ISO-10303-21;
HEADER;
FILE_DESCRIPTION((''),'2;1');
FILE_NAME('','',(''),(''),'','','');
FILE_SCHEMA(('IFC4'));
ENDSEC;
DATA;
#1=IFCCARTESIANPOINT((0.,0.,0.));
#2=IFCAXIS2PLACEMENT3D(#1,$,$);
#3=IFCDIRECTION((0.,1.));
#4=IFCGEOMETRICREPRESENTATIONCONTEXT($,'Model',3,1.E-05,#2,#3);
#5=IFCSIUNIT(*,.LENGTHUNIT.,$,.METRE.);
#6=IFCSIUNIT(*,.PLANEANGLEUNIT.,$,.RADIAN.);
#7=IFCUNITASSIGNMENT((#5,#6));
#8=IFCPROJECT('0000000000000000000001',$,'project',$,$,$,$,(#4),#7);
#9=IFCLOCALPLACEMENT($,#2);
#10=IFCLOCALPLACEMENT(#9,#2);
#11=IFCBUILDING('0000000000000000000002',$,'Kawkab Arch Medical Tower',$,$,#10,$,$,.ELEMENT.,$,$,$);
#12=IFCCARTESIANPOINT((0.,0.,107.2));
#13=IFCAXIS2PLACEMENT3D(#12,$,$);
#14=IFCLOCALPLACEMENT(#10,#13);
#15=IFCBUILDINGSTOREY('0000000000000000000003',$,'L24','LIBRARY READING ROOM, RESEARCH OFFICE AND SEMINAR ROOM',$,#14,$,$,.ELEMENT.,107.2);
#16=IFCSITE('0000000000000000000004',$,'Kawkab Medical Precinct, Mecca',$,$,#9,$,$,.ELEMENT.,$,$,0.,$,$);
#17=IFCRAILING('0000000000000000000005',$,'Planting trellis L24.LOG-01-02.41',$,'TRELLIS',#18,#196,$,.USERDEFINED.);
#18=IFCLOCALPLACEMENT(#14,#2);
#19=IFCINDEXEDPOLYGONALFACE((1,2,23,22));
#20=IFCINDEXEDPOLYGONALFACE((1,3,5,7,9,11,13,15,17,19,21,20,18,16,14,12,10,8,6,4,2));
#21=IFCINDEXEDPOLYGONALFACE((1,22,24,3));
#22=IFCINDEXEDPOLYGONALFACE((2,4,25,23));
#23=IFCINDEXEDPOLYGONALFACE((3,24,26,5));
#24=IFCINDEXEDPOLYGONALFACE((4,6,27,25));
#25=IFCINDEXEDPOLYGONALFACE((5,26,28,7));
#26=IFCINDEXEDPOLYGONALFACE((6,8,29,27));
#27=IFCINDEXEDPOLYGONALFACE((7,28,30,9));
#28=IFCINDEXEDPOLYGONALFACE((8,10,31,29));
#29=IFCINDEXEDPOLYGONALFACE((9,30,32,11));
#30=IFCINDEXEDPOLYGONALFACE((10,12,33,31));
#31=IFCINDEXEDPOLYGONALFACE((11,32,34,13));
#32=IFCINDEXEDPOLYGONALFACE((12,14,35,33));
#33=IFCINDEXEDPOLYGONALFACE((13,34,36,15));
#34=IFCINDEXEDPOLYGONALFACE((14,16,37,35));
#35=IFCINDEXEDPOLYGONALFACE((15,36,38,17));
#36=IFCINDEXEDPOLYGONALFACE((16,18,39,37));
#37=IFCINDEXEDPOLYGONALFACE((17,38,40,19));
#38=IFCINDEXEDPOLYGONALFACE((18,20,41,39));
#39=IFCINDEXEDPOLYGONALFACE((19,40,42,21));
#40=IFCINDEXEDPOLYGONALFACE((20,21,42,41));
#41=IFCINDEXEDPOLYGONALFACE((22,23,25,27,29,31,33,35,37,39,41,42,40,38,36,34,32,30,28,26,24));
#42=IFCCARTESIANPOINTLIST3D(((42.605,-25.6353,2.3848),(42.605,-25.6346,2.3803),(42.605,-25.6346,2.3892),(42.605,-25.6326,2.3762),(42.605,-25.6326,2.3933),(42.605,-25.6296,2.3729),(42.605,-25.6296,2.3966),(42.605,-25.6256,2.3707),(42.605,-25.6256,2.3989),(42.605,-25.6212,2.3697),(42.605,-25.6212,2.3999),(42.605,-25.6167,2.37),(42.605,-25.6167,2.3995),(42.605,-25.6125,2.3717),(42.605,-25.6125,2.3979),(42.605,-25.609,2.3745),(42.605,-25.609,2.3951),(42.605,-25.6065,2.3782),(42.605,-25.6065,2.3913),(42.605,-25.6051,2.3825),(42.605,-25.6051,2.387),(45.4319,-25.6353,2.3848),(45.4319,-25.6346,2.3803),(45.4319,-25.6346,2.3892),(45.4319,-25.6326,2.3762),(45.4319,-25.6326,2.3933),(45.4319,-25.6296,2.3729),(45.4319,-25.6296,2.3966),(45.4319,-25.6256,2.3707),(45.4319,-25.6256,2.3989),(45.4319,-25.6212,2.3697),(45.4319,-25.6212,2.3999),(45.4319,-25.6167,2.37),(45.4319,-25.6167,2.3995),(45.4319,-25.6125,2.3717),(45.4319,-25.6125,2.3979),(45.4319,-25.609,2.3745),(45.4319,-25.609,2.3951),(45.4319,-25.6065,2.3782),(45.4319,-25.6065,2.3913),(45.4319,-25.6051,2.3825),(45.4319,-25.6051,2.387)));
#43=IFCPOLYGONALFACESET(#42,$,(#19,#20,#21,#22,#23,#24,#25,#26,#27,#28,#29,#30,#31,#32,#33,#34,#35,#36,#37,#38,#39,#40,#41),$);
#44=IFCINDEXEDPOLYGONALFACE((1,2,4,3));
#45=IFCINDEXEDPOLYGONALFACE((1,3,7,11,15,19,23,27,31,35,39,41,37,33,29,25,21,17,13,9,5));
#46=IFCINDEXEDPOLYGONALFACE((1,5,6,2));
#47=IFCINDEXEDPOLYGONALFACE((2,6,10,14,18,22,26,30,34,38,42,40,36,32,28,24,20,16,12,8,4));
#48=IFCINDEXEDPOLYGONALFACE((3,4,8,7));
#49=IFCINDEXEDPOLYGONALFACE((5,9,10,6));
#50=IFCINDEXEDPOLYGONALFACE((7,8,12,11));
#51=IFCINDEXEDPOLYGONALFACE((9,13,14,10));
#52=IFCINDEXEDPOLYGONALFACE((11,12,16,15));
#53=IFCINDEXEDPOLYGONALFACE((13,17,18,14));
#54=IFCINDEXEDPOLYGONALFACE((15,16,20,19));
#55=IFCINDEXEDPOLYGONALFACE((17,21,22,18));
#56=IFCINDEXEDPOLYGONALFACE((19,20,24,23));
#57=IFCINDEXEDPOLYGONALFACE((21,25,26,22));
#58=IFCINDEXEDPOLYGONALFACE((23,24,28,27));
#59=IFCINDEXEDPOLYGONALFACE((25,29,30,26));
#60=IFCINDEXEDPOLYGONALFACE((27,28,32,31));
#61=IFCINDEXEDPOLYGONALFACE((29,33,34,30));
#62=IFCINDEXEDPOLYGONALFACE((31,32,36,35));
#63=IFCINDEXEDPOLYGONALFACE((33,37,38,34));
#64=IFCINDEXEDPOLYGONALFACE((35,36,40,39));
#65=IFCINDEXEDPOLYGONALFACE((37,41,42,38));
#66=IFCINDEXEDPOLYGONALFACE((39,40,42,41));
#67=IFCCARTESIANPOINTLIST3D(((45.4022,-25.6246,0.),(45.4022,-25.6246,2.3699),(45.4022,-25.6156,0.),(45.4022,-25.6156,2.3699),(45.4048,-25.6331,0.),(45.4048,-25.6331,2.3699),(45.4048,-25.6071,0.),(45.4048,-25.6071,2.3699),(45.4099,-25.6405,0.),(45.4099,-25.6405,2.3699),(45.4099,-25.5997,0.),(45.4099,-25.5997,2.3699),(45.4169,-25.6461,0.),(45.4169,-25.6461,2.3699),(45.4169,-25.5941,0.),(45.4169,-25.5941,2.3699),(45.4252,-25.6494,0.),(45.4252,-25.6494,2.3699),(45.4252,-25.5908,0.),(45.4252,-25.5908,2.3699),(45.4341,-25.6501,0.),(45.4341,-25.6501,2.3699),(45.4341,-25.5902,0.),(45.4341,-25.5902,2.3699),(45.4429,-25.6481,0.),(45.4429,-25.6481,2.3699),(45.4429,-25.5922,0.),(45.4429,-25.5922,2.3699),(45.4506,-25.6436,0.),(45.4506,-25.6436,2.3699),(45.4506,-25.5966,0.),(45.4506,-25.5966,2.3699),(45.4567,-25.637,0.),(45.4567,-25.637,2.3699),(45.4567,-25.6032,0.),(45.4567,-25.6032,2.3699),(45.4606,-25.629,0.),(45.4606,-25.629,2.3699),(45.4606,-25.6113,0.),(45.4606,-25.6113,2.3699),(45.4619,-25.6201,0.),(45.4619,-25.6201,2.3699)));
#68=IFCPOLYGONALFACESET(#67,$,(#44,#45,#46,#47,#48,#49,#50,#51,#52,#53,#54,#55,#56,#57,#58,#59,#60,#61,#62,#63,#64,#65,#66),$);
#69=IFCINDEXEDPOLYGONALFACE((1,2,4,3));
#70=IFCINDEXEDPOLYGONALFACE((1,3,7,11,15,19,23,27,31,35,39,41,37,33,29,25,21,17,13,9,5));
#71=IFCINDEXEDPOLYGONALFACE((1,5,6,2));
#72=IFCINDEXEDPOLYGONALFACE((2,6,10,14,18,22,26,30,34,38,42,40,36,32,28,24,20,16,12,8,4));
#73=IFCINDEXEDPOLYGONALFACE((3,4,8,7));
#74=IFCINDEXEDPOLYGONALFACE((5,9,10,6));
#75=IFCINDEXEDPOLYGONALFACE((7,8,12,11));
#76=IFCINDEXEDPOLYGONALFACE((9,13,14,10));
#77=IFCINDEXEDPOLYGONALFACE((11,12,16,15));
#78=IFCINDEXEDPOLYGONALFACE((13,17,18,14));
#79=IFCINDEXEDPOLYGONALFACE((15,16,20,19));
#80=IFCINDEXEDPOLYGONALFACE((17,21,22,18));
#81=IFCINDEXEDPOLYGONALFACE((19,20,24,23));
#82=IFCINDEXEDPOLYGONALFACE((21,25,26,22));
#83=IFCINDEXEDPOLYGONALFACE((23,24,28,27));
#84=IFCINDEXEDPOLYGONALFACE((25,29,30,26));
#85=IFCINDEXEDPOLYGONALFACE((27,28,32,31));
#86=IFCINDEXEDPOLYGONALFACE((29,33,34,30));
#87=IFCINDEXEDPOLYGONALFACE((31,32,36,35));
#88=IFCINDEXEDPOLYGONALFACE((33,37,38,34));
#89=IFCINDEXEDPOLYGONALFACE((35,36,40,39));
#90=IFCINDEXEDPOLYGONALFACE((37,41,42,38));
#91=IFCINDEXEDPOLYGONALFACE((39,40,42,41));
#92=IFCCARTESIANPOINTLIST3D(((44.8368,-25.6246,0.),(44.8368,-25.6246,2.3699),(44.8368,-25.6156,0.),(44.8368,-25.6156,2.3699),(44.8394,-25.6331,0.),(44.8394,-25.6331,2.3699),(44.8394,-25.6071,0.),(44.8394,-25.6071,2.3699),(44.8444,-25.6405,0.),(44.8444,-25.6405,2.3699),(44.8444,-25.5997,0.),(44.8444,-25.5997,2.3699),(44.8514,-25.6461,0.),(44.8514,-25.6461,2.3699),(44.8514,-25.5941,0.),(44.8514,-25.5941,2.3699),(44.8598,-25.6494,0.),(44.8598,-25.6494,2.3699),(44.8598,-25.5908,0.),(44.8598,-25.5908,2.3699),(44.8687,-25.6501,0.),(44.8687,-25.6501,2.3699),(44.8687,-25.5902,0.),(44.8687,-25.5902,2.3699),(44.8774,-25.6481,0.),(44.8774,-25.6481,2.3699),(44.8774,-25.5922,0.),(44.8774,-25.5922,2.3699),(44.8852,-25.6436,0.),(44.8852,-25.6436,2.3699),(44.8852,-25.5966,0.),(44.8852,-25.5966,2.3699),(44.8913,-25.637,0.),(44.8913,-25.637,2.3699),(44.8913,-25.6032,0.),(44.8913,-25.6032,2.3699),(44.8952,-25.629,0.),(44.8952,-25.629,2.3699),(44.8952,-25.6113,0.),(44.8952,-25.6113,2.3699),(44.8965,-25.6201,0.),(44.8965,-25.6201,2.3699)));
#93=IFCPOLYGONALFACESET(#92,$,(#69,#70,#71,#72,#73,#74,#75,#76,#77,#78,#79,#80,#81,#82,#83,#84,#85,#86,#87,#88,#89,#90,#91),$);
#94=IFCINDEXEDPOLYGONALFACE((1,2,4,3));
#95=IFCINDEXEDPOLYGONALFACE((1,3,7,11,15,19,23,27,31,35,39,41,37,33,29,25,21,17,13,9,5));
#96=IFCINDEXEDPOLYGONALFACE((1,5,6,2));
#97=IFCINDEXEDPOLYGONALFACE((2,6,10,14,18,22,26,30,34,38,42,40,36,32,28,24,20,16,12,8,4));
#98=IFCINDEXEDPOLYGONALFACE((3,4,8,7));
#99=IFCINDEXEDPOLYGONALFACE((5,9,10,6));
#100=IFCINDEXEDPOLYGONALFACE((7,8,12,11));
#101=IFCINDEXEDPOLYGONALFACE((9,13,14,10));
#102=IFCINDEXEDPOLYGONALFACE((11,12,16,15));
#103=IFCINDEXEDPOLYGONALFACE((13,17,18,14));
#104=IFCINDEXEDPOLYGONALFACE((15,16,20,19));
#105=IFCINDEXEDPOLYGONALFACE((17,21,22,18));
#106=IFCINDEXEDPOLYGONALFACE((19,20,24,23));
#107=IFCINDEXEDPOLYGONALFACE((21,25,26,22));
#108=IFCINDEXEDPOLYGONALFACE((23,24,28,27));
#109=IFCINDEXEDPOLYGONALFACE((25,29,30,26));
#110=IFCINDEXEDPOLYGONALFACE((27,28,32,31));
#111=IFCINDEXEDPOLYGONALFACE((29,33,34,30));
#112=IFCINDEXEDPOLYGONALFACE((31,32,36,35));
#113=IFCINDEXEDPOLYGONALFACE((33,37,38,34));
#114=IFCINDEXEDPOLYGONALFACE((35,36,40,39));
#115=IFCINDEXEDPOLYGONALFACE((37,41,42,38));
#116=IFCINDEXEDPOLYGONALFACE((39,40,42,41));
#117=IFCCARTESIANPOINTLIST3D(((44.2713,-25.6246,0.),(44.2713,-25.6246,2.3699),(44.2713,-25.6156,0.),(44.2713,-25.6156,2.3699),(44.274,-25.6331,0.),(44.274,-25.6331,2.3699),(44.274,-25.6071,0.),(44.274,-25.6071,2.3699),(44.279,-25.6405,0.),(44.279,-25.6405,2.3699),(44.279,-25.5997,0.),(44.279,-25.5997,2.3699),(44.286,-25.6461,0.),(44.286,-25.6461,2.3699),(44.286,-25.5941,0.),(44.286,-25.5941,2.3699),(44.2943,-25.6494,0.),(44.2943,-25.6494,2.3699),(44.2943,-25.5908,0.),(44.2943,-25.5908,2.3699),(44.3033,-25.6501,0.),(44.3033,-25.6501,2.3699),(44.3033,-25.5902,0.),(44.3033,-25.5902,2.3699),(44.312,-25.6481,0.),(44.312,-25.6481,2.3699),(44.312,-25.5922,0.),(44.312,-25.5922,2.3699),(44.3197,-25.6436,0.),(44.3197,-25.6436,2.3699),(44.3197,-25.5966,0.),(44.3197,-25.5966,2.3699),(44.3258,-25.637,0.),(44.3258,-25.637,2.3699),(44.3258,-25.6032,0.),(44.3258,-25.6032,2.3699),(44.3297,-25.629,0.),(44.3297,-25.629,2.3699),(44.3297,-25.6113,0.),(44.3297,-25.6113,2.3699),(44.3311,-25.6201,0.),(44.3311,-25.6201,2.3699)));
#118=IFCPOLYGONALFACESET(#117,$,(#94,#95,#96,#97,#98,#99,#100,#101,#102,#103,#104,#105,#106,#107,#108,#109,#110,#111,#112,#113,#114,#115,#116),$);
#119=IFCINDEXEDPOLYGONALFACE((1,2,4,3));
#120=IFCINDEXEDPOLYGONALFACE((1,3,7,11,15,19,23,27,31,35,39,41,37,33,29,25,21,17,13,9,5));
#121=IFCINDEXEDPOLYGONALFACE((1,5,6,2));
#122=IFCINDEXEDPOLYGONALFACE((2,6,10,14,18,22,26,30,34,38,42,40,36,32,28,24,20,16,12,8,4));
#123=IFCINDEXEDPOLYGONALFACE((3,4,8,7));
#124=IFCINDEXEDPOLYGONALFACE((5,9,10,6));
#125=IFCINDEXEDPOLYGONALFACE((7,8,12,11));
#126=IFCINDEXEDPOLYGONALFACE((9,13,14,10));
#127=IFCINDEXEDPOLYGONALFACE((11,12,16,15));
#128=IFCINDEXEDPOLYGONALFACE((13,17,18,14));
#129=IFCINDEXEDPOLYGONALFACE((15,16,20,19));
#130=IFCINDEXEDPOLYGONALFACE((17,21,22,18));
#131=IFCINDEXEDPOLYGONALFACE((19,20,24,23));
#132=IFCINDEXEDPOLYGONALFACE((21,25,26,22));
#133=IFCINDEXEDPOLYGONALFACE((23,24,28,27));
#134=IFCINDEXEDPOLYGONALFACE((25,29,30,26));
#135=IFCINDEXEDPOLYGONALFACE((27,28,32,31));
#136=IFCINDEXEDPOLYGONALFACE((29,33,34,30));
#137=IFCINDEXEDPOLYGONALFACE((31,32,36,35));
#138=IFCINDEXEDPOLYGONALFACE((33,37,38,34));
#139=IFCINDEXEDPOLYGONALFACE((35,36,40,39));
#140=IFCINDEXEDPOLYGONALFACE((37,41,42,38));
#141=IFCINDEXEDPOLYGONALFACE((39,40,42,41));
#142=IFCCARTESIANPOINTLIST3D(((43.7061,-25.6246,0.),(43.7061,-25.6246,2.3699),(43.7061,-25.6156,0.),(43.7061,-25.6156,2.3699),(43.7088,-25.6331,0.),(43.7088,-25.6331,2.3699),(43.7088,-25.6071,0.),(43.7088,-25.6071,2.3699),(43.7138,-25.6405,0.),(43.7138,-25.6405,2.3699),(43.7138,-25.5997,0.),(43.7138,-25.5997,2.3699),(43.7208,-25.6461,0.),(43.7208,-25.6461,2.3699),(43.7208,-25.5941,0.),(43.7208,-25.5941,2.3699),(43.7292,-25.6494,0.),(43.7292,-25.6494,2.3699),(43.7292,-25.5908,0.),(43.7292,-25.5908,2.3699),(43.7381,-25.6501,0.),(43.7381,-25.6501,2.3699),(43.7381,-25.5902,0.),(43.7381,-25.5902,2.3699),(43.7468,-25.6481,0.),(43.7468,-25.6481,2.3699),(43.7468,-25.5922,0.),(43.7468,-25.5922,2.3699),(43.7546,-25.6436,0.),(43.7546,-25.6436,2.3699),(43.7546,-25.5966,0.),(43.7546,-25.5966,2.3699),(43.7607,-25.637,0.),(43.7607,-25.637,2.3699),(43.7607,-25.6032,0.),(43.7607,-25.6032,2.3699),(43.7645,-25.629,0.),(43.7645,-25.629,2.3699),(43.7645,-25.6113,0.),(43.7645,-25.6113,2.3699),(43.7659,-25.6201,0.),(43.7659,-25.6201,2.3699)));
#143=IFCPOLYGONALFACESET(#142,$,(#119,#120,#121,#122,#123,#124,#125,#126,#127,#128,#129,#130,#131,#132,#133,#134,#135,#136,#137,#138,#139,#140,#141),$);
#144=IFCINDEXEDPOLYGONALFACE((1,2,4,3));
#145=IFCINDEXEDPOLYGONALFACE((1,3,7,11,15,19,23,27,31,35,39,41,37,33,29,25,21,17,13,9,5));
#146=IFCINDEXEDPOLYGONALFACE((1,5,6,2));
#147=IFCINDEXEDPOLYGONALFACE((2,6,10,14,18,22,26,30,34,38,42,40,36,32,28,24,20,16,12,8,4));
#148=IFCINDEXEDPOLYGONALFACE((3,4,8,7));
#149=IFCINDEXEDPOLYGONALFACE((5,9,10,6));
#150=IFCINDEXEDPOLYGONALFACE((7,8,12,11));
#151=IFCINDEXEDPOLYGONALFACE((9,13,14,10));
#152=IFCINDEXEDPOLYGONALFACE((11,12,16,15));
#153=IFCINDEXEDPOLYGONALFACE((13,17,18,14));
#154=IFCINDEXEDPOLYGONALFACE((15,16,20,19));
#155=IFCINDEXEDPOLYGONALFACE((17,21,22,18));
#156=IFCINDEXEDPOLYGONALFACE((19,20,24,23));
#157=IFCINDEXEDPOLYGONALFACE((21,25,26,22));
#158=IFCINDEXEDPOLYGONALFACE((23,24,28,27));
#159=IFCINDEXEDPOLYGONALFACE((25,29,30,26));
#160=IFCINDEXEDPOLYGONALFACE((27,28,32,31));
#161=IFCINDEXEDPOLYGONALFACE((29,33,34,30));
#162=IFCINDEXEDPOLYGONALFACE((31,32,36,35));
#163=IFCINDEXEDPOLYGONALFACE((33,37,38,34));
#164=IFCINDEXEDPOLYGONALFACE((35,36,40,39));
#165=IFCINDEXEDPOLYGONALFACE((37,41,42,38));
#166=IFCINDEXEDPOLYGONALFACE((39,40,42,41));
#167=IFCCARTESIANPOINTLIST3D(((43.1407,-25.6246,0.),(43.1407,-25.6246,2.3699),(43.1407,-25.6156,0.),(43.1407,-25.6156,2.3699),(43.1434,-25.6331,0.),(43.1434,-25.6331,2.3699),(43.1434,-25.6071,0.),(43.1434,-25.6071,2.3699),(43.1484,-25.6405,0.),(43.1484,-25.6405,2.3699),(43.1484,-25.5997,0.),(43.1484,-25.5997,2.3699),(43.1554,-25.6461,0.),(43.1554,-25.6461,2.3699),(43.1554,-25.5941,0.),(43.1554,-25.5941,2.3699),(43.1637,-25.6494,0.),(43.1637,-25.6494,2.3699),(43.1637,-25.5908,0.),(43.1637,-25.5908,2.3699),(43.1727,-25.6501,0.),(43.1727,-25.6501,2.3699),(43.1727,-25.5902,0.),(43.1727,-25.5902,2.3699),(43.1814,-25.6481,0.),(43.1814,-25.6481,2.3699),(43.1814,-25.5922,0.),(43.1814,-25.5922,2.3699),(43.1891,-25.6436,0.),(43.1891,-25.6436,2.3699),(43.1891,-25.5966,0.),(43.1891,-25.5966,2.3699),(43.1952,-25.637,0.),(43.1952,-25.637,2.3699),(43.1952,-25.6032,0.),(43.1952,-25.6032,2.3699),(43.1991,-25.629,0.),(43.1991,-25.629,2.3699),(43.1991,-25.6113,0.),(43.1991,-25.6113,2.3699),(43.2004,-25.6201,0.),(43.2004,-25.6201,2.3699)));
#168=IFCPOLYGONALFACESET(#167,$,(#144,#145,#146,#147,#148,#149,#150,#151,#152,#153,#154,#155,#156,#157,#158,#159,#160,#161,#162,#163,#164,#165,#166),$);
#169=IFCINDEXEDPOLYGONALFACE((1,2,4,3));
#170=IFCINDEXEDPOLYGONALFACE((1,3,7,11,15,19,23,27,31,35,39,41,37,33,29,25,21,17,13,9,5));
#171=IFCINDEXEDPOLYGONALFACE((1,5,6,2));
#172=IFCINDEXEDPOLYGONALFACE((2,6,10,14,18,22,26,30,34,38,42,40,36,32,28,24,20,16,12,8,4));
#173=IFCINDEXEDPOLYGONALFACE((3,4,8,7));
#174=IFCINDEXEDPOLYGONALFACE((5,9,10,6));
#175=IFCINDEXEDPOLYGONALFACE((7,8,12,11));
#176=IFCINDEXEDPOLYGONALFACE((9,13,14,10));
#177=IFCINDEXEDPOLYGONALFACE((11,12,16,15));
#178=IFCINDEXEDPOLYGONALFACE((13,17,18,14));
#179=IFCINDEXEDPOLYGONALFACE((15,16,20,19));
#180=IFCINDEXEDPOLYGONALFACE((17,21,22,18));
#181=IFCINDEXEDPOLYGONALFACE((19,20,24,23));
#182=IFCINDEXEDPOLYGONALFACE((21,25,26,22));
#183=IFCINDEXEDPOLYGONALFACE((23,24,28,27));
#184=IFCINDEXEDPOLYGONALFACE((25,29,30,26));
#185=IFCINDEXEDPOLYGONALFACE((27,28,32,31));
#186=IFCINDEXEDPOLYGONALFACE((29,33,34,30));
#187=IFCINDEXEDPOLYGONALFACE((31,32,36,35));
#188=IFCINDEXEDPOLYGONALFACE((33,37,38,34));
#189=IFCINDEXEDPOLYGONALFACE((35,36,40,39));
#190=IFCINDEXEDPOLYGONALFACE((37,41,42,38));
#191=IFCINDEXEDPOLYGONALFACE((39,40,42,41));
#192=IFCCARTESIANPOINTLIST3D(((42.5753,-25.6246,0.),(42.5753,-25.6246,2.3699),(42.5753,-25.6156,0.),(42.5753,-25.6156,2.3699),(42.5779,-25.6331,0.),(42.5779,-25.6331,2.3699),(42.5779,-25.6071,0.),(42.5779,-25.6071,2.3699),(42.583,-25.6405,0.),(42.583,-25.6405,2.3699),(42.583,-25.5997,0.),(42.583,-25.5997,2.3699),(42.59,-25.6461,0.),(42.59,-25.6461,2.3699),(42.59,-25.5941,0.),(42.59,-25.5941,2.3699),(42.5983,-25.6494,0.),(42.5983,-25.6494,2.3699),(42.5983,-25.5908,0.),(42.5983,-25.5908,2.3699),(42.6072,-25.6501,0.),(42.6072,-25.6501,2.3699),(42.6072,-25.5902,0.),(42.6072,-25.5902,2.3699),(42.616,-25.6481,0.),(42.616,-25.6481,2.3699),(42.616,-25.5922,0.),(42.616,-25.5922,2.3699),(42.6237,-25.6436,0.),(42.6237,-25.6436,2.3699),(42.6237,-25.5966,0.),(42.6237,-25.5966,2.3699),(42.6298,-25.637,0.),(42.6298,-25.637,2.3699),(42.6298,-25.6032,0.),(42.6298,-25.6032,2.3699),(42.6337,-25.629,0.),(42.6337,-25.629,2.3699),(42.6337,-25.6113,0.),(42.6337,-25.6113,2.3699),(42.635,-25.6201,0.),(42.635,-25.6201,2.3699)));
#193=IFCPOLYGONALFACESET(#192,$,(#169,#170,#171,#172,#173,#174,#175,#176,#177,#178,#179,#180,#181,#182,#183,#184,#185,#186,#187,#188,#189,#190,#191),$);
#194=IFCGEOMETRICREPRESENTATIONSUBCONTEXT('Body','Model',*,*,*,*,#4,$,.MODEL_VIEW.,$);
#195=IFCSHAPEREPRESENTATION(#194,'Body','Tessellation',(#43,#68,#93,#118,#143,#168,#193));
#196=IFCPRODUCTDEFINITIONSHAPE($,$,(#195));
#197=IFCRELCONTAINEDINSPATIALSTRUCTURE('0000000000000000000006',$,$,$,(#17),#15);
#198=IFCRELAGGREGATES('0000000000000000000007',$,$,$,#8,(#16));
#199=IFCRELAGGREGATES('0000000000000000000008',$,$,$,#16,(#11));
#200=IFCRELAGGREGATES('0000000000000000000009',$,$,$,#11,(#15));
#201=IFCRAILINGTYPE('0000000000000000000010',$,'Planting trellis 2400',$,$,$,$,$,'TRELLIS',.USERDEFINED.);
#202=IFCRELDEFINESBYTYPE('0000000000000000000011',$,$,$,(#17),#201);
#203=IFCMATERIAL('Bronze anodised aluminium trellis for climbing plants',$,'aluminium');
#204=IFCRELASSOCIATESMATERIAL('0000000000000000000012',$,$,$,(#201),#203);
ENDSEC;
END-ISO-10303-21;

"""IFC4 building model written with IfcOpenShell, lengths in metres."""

from ifc_helpers import new_model, si_unit, direction, frame, origin, origin_2d, place, context, subcontext, project, spatial, circle, extrude, material, type_object, element, save


model = new_model("IFC4")

# Units and contexts
model_context = context("Model", 3, precision=1e-05, world=origin(), true_north=direction((0.0, 1.0)))
body_context = subcontext(model_context, "Body", "Model", "MODEL_VIEW")
ifc_project = project(units=[si_unit("LENGTHUNIT", "METRE"), si_unit("PLANEANGLEUNIT", "RADIAN")], contexts=[model_context])

# Site, building, storey
site_placement = place(None, origin())
site = spatial("IfcSite", under=ifc_project, at=site_placement, Name="Kawkab Medical Precinct, Mecca", CompositionType="ELEMENT", RefElevation=0.0)
building_placement = place(site_placement, origin())
building = spatial("IfcBuilding", under=site, at=building_placement, Name="Kawkab Arch Medical Tower", CompositionType="ELEMENT")
storey_placement = place(building_placement, frame((0.0, 0.0, 107.2)))
storey = spatial("IfcBuildingStorey", under=building, at=storey_placement, Name="L24", Description="LIBRARY READING ROOM, RESEARCH OFFICE AND SEMINAR ROOM", CompositionType="ELEMENT", Elevation=107.2)

# Railing
ifc_material_1 = material(Name="Bronze anodised aluminium trellis for climbing plants", Category="aluminium")
railing_type = type_object("IfcRailingType", Name="Planting trellis 2400", ElementType="TRELLIS", PredefinedType="USERDEFINED", material=ifc_material_1)
railing_1_placement = place(storey_placement, frame((45.4319, -25.6201, 0.0)))
element("IfcRailing", 1, at=railing_1_placement, inside=storey, type_object=railing_type, Name="Planting trellis L24.LOG-01-02.41", ObjectType="TRELLIS", PredefinedType="USERDEFINED", context=body_context, shape_type="SweptSolid", body=[
    extrude(circle(Radius=0.0151, at=origin_2d()), frame((0.0, 0.0, 2.3848), z_axis=(-1.0, 0.0, 0.0), x_axis=(0.0, -1.0, 0.0)), (0.0, 0.0, 1.0), 2.8269),
    extrude(circle(Radius=0.03, at=origin_2d()), origin(), (0.0, 0.0, 1.0), 2.3699),
    extrude(circle(Radius=0.03, at=origin_2d()), frame((-0.5654, 0.0, 0.0)), (0.0, 0.0, 1.0), 2.3699),
    extrude(circle(Radius=0.03, at=origin_2d()), frame((-1.1309, 0.0, 0.0)), (0.0, 0.0, 1.0), 2.3699),
    extrude(circle(Radius=0.03, at=origin_2d()), frame((-1.696, 0.0, 0.0)), (0.0, 0.0, 1.0), 2.3699),
    extrude(circle(Radius=0.03, at=origin_2d()), frame((-2.2615, 0.0, 0.0)), (0.0, 0.0, 1.0), 2.3699),
    extrude(circle(Radius=0.03, at=origin_2d()), frame((-2.8269, 0.0, 0.0)), (0.0, 0.0, 1.0), 2.3699),
])

save(model, "model.ifc")
